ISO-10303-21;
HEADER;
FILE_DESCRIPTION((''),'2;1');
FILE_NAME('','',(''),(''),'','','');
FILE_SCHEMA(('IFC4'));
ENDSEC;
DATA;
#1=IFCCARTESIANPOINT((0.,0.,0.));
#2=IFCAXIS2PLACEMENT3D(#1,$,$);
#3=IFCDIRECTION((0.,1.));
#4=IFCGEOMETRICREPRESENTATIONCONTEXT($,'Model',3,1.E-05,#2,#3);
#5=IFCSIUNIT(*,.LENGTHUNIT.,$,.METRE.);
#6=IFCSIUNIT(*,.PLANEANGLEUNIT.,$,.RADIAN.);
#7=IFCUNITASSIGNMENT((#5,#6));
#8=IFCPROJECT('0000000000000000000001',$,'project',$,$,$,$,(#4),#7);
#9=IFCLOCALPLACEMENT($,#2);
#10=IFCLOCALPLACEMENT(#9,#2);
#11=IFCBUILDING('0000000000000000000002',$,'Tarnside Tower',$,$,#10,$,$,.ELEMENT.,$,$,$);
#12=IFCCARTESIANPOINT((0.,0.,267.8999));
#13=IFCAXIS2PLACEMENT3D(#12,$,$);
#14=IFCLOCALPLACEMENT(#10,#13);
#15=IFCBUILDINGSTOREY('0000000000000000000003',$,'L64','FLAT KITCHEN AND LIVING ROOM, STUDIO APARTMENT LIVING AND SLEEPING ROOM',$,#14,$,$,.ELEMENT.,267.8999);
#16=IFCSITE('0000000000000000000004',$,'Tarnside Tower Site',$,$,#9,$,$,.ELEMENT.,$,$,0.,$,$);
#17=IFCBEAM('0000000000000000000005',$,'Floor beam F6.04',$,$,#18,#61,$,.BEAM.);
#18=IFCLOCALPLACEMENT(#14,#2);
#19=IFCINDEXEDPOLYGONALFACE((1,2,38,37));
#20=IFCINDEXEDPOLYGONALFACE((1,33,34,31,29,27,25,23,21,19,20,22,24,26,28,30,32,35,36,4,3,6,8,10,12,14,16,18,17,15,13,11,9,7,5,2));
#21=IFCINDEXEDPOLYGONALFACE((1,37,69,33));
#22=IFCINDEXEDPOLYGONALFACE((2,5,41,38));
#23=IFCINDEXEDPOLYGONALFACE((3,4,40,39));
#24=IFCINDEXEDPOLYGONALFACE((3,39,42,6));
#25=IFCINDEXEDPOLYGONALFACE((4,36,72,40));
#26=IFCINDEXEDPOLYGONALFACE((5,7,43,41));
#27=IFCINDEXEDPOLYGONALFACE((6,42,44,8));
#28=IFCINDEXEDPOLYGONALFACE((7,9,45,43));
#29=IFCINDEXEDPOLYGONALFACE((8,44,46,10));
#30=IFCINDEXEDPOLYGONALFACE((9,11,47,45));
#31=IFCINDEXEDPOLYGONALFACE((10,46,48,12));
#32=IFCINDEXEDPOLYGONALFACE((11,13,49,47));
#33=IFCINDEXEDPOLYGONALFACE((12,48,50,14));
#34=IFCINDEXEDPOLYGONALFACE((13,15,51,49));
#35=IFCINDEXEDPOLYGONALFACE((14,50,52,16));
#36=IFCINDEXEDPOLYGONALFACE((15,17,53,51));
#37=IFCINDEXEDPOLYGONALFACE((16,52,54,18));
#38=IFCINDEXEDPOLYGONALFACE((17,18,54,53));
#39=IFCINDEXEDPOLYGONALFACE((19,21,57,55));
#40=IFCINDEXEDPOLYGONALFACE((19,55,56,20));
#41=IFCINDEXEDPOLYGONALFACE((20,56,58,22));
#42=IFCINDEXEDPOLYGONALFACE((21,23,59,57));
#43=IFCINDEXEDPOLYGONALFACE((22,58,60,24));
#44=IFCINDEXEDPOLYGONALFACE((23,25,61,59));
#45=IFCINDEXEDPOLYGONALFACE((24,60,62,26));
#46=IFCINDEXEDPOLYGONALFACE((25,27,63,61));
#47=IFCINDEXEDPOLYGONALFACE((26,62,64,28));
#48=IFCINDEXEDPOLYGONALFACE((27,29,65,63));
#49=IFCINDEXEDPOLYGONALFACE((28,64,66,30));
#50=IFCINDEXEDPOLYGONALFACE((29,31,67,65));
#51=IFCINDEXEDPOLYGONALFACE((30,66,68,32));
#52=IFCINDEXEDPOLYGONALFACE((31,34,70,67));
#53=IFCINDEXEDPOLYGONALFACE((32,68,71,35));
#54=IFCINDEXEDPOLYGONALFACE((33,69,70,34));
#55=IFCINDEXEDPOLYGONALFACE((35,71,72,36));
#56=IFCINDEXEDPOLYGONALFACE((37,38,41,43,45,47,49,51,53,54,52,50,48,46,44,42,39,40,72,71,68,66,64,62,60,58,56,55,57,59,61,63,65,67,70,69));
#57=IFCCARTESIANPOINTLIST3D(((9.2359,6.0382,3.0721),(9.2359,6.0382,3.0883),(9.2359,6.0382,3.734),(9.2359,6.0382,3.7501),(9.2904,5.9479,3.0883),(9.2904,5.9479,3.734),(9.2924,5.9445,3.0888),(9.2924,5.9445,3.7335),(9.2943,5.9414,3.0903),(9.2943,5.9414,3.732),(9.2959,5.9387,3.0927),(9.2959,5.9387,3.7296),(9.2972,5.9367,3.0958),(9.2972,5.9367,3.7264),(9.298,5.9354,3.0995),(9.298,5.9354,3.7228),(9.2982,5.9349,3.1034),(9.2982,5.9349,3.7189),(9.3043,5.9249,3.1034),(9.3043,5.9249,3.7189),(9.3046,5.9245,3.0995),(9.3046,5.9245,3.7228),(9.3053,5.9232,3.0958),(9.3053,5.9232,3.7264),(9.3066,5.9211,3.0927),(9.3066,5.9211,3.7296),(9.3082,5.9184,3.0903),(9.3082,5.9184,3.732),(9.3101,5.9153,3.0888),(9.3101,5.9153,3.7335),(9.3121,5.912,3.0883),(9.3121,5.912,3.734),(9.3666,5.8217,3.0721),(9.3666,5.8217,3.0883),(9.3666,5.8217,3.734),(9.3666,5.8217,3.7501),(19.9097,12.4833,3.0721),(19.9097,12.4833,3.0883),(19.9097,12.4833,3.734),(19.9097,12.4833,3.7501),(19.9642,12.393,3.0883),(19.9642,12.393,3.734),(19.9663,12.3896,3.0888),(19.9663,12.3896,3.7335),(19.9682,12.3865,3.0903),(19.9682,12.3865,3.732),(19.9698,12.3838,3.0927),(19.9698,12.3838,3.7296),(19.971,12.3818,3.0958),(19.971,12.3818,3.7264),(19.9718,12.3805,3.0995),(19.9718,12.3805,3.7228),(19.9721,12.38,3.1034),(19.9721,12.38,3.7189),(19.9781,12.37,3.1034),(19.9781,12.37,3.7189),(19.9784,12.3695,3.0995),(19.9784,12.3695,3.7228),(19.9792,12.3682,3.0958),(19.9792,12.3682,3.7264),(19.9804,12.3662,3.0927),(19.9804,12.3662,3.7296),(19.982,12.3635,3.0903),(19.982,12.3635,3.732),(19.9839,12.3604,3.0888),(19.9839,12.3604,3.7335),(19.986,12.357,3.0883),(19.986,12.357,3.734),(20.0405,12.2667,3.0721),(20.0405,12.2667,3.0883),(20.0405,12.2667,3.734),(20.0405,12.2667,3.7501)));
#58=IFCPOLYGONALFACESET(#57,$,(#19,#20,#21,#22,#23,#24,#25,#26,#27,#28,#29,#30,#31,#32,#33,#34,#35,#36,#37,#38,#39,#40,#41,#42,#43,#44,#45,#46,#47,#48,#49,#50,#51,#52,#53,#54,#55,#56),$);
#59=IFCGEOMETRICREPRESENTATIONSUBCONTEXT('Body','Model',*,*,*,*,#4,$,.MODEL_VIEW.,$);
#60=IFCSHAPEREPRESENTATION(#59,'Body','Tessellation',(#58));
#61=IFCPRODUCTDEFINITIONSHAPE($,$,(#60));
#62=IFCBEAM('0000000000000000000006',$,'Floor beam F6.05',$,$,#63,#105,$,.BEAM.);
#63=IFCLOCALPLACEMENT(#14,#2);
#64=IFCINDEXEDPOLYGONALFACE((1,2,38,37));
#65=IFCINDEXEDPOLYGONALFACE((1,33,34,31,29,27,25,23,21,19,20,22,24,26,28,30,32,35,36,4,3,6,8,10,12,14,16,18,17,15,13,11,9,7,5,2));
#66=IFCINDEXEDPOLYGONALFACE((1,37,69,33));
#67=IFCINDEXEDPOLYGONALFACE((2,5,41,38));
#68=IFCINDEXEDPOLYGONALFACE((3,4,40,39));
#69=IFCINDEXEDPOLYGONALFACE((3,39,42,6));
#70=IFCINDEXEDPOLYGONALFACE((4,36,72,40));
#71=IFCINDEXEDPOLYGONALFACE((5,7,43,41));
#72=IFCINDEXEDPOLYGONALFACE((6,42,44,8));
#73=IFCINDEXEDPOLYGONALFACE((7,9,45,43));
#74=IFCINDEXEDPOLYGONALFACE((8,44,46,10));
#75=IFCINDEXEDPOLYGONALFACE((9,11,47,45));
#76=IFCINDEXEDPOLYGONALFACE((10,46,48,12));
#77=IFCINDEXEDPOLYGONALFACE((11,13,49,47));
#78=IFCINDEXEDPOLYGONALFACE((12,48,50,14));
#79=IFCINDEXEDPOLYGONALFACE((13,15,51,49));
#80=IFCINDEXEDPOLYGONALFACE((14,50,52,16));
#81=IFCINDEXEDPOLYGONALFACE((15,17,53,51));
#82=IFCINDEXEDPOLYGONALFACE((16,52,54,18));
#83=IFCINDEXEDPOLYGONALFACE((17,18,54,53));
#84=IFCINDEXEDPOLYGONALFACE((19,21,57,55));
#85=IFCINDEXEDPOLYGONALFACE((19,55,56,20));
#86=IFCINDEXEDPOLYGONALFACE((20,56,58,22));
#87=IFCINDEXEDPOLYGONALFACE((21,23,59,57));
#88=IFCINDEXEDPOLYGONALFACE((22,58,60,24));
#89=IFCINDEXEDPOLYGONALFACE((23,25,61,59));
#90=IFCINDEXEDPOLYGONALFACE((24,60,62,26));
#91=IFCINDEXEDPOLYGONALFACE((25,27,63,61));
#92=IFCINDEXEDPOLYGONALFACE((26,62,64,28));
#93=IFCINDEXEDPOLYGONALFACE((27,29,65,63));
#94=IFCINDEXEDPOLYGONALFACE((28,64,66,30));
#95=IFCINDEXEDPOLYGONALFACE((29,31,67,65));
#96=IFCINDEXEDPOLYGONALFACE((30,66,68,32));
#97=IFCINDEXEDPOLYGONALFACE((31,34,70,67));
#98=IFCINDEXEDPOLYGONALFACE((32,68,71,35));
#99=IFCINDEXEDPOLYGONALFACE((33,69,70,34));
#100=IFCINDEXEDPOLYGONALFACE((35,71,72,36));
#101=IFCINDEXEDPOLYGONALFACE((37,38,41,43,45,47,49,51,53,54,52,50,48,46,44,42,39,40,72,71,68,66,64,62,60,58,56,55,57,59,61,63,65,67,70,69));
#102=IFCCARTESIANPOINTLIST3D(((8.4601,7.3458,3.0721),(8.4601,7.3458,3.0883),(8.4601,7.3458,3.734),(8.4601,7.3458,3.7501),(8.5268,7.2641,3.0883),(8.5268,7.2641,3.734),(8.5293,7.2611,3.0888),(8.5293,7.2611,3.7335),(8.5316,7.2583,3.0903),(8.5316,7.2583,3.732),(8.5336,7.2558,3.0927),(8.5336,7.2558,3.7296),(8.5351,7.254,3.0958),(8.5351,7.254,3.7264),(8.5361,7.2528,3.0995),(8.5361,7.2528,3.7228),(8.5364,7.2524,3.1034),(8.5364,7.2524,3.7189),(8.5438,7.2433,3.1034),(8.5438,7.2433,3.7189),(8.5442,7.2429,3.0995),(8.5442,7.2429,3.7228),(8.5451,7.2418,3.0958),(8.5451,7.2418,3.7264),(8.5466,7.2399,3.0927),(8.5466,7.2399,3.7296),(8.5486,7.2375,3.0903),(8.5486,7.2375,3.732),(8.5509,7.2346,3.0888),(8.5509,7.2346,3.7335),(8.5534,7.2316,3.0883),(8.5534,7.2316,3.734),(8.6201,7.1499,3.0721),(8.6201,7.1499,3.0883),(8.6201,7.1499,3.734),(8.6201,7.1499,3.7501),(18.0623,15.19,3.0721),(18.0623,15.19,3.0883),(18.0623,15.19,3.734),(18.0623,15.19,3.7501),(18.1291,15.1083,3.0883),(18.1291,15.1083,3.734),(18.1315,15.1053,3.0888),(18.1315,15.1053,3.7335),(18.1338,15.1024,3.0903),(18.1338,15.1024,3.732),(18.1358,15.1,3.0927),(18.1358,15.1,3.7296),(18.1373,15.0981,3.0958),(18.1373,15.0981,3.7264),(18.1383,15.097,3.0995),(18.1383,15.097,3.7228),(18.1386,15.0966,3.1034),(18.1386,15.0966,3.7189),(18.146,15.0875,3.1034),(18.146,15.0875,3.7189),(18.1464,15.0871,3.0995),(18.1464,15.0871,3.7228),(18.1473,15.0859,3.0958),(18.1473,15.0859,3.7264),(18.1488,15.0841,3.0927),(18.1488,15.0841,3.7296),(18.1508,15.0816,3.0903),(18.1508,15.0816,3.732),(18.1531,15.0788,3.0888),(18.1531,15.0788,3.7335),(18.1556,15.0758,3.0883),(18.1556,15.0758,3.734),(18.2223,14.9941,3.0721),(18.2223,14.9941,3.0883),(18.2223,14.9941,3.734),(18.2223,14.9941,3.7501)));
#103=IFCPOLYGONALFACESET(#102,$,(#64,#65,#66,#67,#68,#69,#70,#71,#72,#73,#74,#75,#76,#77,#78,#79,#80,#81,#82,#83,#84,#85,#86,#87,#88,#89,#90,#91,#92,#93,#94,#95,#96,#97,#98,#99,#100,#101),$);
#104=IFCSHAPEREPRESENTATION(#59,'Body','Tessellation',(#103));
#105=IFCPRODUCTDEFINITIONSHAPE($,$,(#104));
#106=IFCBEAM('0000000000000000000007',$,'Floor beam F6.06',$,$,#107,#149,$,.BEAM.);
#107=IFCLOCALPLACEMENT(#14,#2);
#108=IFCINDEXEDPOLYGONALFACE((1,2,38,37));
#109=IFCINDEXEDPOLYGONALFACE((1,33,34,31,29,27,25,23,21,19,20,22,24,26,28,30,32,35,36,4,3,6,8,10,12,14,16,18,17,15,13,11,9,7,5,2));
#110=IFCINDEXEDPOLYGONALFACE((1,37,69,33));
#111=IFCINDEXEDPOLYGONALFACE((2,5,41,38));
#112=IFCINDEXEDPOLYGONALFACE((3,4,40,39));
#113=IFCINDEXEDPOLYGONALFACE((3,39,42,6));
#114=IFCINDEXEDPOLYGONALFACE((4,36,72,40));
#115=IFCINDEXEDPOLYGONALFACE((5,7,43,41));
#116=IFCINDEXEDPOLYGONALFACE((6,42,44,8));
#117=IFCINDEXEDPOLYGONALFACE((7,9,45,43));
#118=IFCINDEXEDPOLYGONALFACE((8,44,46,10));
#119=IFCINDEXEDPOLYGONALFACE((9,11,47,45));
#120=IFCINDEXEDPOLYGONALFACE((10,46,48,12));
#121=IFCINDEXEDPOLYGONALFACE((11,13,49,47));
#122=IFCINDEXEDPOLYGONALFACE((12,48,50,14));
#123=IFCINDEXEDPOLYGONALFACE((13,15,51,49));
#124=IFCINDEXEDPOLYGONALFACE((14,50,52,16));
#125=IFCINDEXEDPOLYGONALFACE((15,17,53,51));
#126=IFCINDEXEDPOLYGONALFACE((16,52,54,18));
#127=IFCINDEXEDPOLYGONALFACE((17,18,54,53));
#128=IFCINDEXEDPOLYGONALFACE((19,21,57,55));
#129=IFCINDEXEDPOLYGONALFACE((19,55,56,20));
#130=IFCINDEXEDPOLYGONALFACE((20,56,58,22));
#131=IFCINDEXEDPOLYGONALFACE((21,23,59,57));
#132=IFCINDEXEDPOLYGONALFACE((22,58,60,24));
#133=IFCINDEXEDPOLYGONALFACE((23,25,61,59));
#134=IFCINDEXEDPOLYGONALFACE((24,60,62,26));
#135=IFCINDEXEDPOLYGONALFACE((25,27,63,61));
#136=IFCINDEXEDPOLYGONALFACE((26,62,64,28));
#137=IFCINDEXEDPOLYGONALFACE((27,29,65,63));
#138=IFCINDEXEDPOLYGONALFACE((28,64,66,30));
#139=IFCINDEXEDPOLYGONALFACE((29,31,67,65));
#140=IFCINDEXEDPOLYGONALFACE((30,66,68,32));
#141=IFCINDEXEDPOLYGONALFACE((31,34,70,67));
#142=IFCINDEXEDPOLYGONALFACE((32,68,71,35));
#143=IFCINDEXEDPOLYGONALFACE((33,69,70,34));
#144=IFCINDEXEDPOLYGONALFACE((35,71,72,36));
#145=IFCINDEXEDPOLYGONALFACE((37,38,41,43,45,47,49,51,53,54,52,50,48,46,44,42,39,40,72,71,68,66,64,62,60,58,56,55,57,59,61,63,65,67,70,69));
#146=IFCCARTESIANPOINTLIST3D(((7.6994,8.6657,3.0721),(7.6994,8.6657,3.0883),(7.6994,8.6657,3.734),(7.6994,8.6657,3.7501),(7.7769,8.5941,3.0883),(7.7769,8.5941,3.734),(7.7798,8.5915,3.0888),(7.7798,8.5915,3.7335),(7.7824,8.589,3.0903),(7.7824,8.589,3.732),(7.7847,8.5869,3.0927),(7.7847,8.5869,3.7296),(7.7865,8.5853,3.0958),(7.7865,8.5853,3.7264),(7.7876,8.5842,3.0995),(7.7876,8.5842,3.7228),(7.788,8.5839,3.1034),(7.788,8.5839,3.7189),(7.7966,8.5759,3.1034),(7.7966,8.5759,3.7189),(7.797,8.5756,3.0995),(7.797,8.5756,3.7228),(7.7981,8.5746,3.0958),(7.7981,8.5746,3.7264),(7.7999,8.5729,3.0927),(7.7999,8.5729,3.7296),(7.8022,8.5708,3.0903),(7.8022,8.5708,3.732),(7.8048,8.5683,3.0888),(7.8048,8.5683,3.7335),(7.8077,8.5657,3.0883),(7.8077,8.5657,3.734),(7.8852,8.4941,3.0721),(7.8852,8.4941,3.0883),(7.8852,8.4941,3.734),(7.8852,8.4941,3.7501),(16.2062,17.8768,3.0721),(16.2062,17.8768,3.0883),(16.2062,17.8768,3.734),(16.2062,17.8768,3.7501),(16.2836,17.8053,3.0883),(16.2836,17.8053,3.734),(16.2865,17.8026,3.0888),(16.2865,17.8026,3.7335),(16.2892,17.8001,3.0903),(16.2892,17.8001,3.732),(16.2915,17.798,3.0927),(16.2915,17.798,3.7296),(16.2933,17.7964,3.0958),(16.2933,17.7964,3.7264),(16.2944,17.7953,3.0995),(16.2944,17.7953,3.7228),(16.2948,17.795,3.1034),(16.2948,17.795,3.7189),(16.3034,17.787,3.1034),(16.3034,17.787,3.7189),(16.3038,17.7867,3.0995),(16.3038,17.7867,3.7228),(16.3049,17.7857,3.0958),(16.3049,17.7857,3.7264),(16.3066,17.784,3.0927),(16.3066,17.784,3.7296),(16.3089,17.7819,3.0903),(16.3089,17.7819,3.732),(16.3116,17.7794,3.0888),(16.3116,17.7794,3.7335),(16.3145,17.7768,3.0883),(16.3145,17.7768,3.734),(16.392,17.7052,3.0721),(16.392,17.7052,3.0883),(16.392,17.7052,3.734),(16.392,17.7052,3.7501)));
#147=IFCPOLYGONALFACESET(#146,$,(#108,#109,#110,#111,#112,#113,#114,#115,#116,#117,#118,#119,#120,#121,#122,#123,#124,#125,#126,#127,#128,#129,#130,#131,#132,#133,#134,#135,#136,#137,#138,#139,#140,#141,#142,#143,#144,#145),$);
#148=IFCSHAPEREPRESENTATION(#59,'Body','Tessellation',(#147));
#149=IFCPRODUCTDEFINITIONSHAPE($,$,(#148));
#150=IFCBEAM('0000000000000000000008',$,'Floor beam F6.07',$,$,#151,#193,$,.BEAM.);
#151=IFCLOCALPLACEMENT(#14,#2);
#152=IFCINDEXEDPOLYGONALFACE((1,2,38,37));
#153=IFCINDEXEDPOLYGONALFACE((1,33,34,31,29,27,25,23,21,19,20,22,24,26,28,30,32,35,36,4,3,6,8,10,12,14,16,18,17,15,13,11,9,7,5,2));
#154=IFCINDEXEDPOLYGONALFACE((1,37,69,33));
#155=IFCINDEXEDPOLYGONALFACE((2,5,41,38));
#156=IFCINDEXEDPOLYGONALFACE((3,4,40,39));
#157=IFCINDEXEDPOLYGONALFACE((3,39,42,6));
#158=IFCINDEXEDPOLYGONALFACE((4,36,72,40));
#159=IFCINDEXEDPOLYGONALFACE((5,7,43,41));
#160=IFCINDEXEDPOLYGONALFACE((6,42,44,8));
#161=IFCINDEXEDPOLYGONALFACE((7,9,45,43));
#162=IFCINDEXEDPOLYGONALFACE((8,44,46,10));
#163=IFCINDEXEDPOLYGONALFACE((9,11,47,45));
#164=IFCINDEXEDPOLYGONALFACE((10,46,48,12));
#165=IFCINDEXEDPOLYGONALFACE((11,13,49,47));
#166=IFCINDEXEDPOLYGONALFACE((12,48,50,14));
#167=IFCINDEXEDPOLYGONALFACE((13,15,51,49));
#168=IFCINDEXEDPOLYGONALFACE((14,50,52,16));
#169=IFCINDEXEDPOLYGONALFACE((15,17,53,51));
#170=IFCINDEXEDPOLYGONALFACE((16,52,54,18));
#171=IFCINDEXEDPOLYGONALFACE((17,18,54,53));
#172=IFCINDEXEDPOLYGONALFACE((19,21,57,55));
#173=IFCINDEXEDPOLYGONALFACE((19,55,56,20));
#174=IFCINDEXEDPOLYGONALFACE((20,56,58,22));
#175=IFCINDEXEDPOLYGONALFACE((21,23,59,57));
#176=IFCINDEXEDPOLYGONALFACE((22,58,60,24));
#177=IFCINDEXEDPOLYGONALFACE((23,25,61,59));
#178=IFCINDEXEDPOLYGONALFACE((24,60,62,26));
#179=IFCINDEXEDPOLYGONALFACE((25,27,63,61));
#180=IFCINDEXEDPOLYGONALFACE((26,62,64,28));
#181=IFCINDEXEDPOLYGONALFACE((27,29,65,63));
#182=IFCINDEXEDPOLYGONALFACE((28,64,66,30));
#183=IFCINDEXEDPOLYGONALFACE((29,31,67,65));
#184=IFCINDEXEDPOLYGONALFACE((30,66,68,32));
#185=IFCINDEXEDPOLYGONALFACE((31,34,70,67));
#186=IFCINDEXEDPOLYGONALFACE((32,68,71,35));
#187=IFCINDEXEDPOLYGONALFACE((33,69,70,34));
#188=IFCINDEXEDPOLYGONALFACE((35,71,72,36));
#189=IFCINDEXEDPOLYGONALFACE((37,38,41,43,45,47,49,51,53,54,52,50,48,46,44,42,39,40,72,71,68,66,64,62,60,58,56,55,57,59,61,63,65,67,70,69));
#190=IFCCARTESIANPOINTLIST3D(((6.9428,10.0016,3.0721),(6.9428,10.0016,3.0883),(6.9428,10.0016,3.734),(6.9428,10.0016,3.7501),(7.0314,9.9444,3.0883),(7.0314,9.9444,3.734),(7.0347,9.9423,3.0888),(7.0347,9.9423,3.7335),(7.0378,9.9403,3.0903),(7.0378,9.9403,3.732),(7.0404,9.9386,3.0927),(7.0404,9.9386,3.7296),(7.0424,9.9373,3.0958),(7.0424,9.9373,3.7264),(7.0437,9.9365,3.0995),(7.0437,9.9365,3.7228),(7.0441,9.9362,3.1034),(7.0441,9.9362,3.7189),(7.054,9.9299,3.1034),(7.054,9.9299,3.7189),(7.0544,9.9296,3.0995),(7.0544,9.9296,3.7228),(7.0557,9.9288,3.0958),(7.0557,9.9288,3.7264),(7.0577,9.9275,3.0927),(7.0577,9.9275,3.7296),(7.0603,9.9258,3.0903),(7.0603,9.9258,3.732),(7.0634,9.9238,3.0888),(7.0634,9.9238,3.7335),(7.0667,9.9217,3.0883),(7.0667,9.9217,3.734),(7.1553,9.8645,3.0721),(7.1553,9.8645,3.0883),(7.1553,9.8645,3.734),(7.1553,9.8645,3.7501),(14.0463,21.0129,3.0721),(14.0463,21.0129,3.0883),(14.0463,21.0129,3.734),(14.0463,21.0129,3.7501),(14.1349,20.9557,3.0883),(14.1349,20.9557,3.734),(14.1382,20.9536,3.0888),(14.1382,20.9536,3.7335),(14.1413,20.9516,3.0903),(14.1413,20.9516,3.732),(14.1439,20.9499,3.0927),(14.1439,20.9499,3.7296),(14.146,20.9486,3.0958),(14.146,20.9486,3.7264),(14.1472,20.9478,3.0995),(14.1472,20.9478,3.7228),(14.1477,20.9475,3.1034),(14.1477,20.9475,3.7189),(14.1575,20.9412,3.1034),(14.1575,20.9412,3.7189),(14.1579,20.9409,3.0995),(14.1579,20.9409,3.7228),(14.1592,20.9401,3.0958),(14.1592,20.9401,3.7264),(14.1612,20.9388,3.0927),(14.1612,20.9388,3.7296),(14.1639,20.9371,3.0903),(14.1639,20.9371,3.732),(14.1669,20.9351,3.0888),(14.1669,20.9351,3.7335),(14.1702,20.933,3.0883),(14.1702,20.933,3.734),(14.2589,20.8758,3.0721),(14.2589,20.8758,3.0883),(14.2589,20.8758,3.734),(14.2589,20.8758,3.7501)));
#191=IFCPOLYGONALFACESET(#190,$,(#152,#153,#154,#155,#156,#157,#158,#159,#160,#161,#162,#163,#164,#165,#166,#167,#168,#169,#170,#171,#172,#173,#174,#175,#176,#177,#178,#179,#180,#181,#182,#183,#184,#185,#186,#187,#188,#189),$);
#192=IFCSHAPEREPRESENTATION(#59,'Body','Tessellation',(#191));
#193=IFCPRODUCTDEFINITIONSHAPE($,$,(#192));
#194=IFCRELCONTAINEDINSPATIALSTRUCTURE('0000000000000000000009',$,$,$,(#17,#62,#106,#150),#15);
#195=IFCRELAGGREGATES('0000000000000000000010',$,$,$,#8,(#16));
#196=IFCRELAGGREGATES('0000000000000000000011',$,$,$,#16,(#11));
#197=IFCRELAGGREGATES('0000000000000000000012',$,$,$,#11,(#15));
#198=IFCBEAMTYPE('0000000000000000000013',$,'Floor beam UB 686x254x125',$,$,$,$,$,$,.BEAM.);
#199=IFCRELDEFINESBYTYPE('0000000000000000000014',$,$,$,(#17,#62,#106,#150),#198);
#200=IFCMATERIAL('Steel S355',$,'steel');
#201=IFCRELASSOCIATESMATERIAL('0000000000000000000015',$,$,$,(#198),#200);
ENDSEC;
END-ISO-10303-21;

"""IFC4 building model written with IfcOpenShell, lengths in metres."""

from ifc_helpers import new_model, si_unit, direction, frame, origin, origin_2d, place, context, subcontext, project, spatial, i_section, extrude, material, material_profile, profile_set, type_object, element, save


model = new_model("IFC4")

# Units and contexts
model_context = context("Model", 3, precision=1e-05, world=origin(), true_north=direction((0.0, 1.0)))
body_context = subcontext(model_context, "Body", "Model", "MODEL_VIEW")
ifc_project = project(units=[si_unit("LENGTHUNIT", "METRE"), si_unit("PLANEANGLEUNIT", "RADIAN")], contexts=[model_context])

# Site, building, storey
site_placement = place(None, origin())
site = spatial("IfcSite", under=ifc_project, at=site_placement, Name="Tarnside Tower Site", CompositionType="ELEMENT", RefElevation=0.0)
building_placement = place(site_placement, origin())
building = spatial("IfcBuilding", under=site, at=building_placement, Name="Tarnside Tower", CompositionType="ELEMENT")
storey_placement = place(building_placement, frame((0.0, 0.0, 267.8999)))
storey = spatial("IfcBuildingStorey", under=building, at=storey_placement, Name="L64", Description="FLAT KITCHEN AND LIVING ROOM, STUDIO APARTMENT LIVING AND SLEEPING ROOM", CompositionType="ELEMENT", Elevation=267.8999)

# Beams
ifc_material_1 = material(Name="Steel S355", Category="steel")
ifc_material_profile_1 = material_profile(ifc_material_1, i_section(OverallWidth=0.2529, OverallDepth=0.678, WebThickness=0.0117, FlangeThickness=0.0161, FilletRadius=0.0151, at=origin_2d()), Name="UB 686x254x125")
ifc_profile_set_1 = profile_set([ifc_material_profile_1], Name="Steel S355")
beam_type_1 = type_object("IfcBeamType", Name="Floor beam UB 686x254x125", PredefinedType="BEAM", material=ifc_profile_set_1)
beam_1_placement = place(storey_placement, frame((19.9751, 12.375, 3.4111), z_axis=(-0.856047, -0.516898, 0.0), x_axis=(0.516898, -0.856047, 0.0)))
element("IfcBeam", 1, at=beam_1_placement, inside=storey, type_object=beam_type_1, Name="Floor beam F6.04", PredefinedType="BEAM", context=body_context, shape_type="SweptSolid", body=[
    extrude(i_section(OverallWidth=0.2529, OverallDepth=0.678, WebThickness=0.0117, FlangeThickness=0.0161, FilletRadius=0.0151, at=origin_2d()), origin(), (0.0, 0.0, 1.0), 12.4688),
])
beam_2_placement = place(storey_placement, frame((18.1423, 15.092, 3.4111), z_axis=(-0.774439, -0.632649, 0.0), x_axis=(0.632649, -0.774439, 0.0)))
element("IfcBeam", 2, at=beam_2_placement, inside=storey, type_object=beam_type_1, Name="Floor beam F6.05", PredefinedType="BEAM", context=body_context, shape_type="SweptSolid", body=[
    extrude(i_section(OverallWidth=0.2529, OverallDepth=0.678, WebThickness=0.0117, FlangeThickness=0.0161, FilletRadius=0.0151, at=origin_2d()), origin(), (0.0, 0.0, 1.0), 12.3989),
])
beam_3_placement = place(storey_placement, frame((16.2991, 17.791, 3.4111), z_axis=(-0.678461, -0.734636, 0.0), x_axis=(0.734636, -0.678461, 0.0)))
element("IfcBeam", 3, at=beam_3_placement, inside=storey, type_object=beam_type_1, Name="Floor beam F6.06", PredefinedType="BEAM", context=body_context, shape_type="SweptSolid", body=[
    extrude(i_section(OverallWidth=0.2529, OverallDepth=0.678, WebThickness=0.0117, FlangeThickness=0.0161, FilletRadius=0.0151, at=origin_2d()), origin(), (0.0, 0.0, 1.0), 12.5383),
])
beam_4_placement = place(storey_placement, frame((14.1526, 20.9443, 3.4111), z_axis=(-0.5421, -0.840314, 0.0), x_axis=(0.840314, -0.5421, 0.0)))
element("IfcBeam", 4, at=beam_4_placement, inside=storey, type_object=beam_type_1, Name="Floor beam F6.07", PredefinedType="BEAM", context=body_context, shape_type="SweptSolid", body=[
    extrude(i_section(OverallWidth=0.2529, OverallDepth=0.678, WebThickness=0.0117, FlangeThickness=0.0161, FilletRadius=0.0151, at=origin_2d()), origin(), (0.0, 0.0, 1.0), 13.1038),
])

save(model, "model.ifc")
